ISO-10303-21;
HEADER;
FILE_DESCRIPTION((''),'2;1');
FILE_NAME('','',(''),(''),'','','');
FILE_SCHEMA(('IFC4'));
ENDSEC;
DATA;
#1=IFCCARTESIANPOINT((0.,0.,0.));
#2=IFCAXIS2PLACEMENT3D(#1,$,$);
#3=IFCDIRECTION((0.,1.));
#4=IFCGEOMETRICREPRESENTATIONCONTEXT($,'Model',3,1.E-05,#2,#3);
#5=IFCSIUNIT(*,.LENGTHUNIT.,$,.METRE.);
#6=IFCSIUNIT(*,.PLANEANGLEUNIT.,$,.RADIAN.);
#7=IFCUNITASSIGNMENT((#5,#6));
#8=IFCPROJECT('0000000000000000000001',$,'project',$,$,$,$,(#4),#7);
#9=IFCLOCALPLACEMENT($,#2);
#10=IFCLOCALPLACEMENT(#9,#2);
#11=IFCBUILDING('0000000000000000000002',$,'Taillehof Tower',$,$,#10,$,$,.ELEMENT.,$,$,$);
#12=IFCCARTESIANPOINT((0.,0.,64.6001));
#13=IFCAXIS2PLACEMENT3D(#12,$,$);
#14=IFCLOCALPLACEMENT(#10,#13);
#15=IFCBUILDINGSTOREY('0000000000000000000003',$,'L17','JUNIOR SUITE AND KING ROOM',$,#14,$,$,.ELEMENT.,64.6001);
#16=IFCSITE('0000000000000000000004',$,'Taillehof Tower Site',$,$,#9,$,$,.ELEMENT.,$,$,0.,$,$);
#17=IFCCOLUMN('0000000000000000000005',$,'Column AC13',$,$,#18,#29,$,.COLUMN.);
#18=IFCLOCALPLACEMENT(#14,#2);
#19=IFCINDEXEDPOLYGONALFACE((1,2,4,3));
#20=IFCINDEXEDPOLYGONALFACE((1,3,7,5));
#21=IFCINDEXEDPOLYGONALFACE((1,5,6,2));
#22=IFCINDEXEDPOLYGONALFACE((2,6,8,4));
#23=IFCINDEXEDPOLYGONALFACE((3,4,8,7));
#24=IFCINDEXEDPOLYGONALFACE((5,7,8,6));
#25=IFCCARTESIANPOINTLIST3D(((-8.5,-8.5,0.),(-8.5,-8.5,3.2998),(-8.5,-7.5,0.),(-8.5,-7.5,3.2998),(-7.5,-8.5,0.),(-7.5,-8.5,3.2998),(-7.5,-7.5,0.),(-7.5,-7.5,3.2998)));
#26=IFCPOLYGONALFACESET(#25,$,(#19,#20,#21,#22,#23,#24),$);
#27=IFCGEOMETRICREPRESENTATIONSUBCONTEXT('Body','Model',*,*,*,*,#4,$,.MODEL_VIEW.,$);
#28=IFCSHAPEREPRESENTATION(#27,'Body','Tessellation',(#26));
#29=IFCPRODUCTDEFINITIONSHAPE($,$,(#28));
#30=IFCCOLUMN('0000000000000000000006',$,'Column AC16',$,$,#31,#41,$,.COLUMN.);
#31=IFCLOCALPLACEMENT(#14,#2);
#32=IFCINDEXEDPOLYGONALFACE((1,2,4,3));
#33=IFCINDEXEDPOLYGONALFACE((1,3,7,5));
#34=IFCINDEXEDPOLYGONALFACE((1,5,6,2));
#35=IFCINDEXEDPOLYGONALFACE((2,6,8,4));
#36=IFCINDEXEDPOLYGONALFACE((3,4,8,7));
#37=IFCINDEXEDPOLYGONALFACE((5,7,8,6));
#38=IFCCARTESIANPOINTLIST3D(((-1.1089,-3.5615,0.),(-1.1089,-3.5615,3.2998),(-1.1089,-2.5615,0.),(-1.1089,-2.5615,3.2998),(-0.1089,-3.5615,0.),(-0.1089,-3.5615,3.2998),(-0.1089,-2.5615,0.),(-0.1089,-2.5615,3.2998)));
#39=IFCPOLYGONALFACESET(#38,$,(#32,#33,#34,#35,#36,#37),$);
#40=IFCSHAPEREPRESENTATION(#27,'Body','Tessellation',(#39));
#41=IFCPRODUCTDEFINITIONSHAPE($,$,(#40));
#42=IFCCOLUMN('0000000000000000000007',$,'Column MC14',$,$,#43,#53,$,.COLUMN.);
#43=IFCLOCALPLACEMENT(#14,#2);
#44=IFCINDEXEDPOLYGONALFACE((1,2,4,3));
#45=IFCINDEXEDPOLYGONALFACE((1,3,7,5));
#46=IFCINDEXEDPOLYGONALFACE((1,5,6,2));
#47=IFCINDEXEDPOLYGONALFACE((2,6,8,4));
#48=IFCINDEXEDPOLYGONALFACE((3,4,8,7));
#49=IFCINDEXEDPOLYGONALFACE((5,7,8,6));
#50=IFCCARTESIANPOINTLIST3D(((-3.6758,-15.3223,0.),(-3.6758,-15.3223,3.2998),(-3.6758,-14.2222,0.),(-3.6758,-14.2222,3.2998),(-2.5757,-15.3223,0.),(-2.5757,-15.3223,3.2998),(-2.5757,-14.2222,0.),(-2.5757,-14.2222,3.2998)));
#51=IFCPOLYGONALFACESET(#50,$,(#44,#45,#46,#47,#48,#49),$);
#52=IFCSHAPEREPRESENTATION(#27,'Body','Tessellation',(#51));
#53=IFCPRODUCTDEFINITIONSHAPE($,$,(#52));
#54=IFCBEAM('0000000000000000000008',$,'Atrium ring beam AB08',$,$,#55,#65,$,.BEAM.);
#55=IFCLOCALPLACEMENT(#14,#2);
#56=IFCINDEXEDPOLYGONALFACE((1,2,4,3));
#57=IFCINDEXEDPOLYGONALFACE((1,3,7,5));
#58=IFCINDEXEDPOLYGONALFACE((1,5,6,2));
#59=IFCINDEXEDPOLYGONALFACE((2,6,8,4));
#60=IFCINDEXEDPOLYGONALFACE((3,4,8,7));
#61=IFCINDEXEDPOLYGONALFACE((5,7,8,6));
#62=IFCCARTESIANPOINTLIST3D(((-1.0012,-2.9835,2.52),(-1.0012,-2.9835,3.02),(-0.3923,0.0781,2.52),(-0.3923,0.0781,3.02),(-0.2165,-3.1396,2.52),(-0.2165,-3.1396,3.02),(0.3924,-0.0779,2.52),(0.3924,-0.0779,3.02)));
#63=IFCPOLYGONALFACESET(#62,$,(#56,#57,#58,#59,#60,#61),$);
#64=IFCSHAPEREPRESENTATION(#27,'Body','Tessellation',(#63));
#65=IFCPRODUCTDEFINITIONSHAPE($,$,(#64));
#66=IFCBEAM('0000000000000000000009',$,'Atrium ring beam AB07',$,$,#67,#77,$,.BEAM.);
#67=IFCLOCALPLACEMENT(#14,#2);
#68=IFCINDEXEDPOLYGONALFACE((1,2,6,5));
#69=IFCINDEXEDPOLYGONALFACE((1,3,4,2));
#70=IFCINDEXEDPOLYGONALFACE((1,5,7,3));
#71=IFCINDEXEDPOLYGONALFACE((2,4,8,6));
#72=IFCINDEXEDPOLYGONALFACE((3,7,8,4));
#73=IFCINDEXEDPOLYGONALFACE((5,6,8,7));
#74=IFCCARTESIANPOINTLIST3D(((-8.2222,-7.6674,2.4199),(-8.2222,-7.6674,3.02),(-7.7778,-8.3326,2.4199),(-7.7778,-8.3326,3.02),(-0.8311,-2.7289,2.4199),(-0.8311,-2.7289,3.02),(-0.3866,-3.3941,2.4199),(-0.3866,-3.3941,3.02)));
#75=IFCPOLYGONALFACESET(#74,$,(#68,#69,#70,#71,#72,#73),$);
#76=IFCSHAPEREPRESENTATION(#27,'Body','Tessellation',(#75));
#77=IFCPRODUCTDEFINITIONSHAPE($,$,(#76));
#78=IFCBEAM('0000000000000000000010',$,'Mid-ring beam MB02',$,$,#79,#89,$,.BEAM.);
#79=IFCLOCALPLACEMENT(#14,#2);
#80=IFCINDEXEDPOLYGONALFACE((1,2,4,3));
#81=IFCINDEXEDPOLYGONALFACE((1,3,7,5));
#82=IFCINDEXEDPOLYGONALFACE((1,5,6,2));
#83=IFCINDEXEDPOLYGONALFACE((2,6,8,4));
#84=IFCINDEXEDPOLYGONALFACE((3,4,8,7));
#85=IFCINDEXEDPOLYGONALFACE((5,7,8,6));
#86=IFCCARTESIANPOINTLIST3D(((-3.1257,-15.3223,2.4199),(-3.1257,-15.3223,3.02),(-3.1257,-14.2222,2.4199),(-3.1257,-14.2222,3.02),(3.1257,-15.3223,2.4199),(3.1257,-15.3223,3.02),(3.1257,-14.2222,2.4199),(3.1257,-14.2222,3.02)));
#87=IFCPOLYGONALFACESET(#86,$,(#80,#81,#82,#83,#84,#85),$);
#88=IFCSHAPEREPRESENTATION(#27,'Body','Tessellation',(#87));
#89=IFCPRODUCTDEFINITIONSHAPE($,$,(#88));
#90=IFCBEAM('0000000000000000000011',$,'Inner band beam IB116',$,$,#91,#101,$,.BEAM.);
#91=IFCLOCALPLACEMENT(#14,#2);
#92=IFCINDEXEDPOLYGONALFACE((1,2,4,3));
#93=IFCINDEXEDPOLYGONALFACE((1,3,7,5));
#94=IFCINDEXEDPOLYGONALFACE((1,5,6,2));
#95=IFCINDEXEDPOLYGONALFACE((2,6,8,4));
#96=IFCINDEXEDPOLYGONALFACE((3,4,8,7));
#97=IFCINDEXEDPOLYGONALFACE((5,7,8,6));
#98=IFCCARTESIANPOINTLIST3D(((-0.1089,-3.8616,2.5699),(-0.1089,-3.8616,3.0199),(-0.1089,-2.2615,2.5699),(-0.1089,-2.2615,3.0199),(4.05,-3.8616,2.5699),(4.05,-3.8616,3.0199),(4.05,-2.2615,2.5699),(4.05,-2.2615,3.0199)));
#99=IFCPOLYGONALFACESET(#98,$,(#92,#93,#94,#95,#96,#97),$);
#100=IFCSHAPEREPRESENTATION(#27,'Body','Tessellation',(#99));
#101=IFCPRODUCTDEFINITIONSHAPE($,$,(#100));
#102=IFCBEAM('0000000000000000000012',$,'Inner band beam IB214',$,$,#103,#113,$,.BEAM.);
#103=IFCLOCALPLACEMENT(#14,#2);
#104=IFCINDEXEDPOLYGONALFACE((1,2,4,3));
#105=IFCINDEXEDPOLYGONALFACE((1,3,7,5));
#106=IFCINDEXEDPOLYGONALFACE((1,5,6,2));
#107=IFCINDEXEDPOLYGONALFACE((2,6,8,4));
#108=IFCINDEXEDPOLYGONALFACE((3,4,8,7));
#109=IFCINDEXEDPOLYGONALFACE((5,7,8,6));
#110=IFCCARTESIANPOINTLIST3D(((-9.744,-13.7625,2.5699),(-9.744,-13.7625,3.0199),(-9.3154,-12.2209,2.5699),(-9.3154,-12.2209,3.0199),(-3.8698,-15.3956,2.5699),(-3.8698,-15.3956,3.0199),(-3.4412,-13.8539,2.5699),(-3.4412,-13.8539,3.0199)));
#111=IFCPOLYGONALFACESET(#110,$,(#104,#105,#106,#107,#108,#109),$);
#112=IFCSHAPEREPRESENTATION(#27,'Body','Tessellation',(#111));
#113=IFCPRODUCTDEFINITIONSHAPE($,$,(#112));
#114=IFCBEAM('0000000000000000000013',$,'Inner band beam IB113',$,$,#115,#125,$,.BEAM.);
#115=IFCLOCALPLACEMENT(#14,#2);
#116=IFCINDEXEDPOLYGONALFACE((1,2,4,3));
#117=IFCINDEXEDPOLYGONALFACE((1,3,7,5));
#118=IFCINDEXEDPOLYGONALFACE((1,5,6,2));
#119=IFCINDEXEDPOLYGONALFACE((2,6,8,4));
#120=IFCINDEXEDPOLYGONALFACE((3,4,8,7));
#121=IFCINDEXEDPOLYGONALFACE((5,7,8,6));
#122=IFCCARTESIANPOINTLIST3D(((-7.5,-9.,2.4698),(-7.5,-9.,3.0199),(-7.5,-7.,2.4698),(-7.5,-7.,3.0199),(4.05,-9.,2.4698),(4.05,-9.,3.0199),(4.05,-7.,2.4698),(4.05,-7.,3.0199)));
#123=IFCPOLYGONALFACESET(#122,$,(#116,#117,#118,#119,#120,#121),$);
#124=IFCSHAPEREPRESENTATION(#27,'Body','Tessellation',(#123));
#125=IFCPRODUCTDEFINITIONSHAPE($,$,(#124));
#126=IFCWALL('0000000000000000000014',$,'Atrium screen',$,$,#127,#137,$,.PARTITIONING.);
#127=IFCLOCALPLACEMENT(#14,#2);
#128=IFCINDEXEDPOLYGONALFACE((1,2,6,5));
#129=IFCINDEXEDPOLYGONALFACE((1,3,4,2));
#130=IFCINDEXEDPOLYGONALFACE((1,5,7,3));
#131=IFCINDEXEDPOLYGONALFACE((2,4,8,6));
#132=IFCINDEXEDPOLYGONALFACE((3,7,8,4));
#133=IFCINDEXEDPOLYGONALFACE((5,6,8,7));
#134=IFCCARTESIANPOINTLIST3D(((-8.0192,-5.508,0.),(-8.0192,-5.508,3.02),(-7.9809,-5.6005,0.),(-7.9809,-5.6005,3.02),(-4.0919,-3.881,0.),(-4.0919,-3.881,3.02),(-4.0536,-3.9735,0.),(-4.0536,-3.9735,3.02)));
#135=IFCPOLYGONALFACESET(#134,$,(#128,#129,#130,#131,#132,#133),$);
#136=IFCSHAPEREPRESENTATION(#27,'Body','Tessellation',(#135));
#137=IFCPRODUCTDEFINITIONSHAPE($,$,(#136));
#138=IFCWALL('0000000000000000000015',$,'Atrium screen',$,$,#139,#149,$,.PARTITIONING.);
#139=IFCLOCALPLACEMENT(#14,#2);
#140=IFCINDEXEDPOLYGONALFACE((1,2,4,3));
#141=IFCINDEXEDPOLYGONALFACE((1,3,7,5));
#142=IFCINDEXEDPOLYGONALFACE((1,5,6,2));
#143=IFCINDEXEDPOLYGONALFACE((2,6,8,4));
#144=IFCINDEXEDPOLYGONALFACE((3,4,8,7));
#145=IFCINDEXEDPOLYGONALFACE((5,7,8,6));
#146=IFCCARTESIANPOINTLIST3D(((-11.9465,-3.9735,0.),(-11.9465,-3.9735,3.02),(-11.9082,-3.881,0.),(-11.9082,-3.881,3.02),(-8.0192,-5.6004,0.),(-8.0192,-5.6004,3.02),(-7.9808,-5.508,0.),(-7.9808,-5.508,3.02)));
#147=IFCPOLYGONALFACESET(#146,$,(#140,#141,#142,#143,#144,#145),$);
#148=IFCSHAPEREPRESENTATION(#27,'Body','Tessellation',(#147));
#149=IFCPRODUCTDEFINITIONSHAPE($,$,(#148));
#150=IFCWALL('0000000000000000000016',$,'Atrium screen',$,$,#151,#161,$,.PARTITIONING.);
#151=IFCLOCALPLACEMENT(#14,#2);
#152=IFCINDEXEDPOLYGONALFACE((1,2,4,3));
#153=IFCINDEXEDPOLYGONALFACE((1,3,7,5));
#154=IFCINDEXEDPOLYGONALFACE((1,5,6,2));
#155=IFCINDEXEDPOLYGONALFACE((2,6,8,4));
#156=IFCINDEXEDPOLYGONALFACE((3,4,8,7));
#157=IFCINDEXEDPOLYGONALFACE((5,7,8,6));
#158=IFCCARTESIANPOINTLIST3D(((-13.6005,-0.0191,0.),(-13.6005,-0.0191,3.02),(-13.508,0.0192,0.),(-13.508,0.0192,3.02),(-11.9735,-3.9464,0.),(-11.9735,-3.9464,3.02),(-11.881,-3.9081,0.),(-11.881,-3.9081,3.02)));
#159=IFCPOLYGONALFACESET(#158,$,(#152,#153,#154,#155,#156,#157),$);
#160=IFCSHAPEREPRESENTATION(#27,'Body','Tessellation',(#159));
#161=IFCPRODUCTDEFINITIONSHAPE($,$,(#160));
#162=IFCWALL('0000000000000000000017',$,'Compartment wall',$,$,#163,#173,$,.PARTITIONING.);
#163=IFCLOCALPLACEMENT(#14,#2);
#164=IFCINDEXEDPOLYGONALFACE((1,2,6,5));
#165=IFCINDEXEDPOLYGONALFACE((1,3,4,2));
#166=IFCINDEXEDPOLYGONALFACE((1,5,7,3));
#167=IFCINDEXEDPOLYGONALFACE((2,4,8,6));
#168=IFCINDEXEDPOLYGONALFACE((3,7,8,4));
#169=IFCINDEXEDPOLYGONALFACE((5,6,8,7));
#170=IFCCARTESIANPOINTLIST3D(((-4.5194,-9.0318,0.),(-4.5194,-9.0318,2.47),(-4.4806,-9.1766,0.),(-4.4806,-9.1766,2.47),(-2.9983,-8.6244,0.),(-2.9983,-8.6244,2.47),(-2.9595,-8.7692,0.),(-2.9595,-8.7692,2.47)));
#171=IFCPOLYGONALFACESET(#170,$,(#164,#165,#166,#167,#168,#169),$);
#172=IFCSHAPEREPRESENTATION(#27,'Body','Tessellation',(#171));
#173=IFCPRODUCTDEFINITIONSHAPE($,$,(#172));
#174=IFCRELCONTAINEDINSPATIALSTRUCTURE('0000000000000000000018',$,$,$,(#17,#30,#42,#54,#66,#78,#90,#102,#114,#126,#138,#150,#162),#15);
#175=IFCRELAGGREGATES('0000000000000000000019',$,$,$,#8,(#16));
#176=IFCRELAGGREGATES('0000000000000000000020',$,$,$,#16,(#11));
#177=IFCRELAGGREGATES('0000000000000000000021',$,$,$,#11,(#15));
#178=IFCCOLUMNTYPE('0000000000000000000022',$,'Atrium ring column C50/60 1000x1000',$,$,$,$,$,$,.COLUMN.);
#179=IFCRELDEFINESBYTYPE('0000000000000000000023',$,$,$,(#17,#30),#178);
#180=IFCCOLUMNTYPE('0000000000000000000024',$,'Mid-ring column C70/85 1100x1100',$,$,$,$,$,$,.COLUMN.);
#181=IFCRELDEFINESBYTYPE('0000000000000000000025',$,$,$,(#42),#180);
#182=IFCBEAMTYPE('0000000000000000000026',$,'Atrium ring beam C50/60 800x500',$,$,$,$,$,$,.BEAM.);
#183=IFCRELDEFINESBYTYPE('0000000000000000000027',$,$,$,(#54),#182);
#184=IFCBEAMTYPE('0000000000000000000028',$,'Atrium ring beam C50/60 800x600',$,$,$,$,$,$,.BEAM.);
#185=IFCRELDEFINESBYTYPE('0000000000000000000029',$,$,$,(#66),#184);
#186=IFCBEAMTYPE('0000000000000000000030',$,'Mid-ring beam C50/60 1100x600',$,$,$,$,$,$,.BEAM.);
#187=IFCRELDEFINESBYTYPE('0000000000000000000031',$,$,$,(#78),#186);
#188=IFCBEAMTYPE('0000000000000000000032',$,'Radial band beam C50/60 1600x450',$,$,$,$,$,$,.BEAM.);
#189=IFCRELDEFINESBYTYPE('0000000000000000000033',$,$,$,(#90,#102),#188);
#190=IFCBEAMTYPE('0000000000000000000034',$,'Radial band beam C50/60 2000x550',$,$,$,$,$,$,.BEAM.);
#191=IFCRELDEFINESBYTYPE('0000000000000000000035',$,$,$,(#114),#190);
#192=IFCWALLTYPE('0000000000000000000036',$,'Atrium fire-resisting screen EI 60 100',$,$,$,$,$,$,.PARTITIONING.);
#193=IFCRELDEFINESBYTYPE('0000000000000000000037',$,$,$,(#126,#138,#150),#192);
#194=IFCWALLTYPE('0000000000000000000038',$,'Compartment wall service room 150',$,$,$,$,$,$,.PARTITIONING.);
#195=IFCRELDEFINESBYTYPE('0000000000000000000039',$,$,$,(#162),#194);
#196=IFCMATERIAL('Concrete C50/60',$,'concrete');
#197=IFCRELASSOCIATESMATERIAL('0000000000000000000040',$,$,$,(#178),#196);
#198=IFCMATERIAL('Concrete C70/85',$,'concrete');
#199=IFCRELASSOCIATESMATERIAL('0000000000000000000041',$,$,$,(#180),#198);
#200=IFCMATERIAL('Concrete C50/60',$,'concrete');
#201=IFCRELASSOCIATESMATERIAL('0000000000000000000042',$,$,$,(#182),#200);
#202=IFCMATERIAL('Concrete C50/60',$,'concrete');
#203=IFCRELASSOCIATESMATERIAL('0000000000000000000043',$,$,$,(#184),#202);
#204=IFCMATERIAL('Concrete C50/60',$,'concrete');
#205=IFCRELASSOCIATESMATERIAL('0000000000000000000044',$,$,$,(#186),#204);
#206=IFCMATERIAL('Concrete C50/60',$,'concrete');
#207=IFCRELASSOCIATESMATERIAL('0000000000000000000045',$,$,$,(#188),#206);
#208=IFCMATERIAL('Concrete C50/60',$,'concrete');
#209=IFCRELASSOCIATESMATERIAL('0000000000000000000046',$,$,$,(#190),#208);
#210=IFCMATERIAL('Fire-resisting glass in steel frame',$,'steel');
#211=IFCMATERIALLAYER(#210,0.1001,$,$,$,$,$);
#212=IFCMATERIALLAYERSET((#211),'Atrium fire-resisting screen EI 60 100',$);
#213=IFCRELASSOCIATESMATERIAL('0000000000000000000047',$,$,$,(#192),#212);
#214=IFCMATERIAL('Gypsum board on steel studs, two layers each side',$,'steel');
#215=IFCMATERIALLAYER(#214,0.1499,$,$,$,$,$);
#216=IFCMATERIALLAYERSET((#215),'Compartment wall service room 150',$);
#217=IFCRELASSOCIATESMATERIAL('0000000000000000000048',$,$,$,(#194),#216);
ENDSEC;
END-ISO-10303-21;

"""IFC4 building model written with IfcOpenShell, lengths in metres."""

from ifc_helpers import new_model, si_unit, direction, frame, frame_2d, origin, origin_2d, place, context, subcontext, project, spatial, rectangle, extrude, material, layer, layer_set, material_profile, profile_set, type_object, element, save


model = new_model("IFC4")

# Units and contexts
model_context = context("Model", 3, precision=1e-05, world=origin(), true_north=direction((0.0, 1.0)))
body_context = subcontext(model_context, "Body", "Model", "MODEL_VIEW")
ifc_project = project(units=[si_unit("LENGTHUNIT", "METRE"), si_unit("PLANEANGLEUNIT", "RADIAN")], contexts=[model_context])

# Site, building, storey
site_placement = place(None, origin())
site = spatial("IfcSite", under=ifc_project, at=site_placement, Name="Taillehof Tower Site", CompositionType="ELEMENT", RefElevation=0.0)
building_placement = place(site_placement, origin())
building = spatial("IfcBuilding", under=site, at=building_placement, Name="Taillehof Tower", CompositionType="ELEMENT")
storey_placement = place(building_placement, frame((0.0, 0.0, 64.6001)))
storey = spatial("IfcBuildingStorey", under=building, at=storey_placement, Name="L17", Description="JUNIOR SUITE AND KING ROOM", CompositionType="ELEMENT", Elevation=64.6001)

# Columns
ifc_material_1 = material(Name="Concrete C50/60", Category="concrete")
ifc_material_profile_1 = material_profile(ifc_material_1, rectangle(XDim=1.0, YDim=1.0, at=origin_2d()), Name="RC 1000x1000")
ifc_profile_set_1 = profile_set([ifc_material_profile_1], Name="Concrete C50/60")
column_type_1 = type_object("IfcColumnType", Name="Atrium ring column C50/60 1000x1000", PredefinedType="COLUMN", material=ifc_profile_set_1)
for number, where, z_axis, x_axis, name in (
    (1, (-8.0, -8.0, 0.0), (0.0, 0.0, 1.0), (1.0, 0.0, 0.0), "Column AC13"),
    (2, (-0.6089, -3.0615, 0.0), (0.0, 0.0, 1.0), (1.0, 0.0, 0.0), "Column AC16"),
):
    element("IfcColumn", number, at=place(storey_placement, frame(where, z_axis=z_axis, x_axis=x_axis)), inside=storey, type_object=column_type_1, Name=name, PredefinedType="COLUMN", context=body_context, shape_type="SweptSolid", body=[
        extrude(rectangle(XDim=1.0, YDim=1.0, at=origin_2d()), origin(), (0.0, 0.0, 1.0), 3.2998),
    ])
ifc_material_2 = material(Name="Concrete C70/85", Category="concrete")
ifc_material_profile_2 = material_profile(ifc_material_2, rectangle(XDim=1.1001, YDim=1.1001, at=origin_2d()), Name="RC 1100x1100")
ifc_profile_set_2 = profile_set([ifc_material_profile_2], Name="Concrete C70/85")
column_type_2 = type_object("IfcColumnType", Name="Mid-ring column C70/85 1100x1100", PredefinedType="COLUMN", material=ifc_profile_set_2)
column_placement = place(storey_placement, frame((-3.1257, -14.7722, 0.0), z_axis=(0.0, 0.0, 1.0), x_axis=(1.0, 0.0, 0.0)))
element("IfcColumn", 3, at=column_placement, inside=storey, type_object=column_type_2, Name="Column MC14", PredefinedType="COLUMN", context=body_context, shape_type="SweptSolid", body=[
    extrude(rectangle(XDim=1.1001, YDim=1.1001, at=origin_2d()), origin(), (0.0, 0.0, 1.0), 3.2998),
])

# Beams
ifc_material_3 = material(Name="Concrete C50/60", Category="concrete")
ifc_material_profile_3 = material_profile(ifc_material_3, rectangle(XDim=0.8, YDim=0.5, at=origin_2d()), Name="RC 800x500")
ifc_profile_set_3 = profile_set([ifc_material_profile_3], Name="Concrete C50/60")
beam_type_1 = type_object("IfcBeamType", Name="Atrium ring beam C50/60 800x500", PredefinedType="BEAM", material=ifc_profile_set_3)
beam_1_placement = place(storey_placement, frame((-0.6089, -3.0615, 2.77), z_axis=(0.195063, 0.980791, 0.0), x_axis=(-0.980791, 0.195063, 0.0)))
element("IfcBeam", 4, at=beam_1_placement, inside=storey, type_object=beam_type_1, Name="Atrium ring beam AB08", PredefinedType="BEAM", context=body_context, shape_type="SweptSolid", body=[
    extrude(rectangle(XDim=0.8, YDim=0.5, at=origin_2d()), origin(), (0.0, 0.0, 1.0), 3.1216),
])
ifc_material_4 = material(Name="Concrete C50/60", Category="concrete")
ifc_material_profile_4 = material_profile(ifc_material_4, rectangle(XDim=0.8, YDim=0.6001, at=origin_2d()), Name="RC 800x600")
ifc_profile_set_4 = profile_set([ifc_material_profile_4], Name="Concrete C50/60")
beam_type_2 = type_object("IfcBeamType", Name="Atrium ring beam C50/60 800x600", PredefinedType="BEAM", material=ifc_profile_set_4)
beam_2_placement = place(storey_placement, frame((-8.0, -8.0, 2.72), z_axis=(0.831475, 0.555562, 0.0), x_axis=(-0.555562, 0.831475, 0.0)))
element("IfcBeam", 5, at=beam_2_placement, inside=storey, type_object=beam_type_2, Name="Atrium ring beam AB07", PredefinedType="BEAM", context=body_context, shape_type="SweptSolid", body=[
    extrude(rectangle(XDim=0.8, YDim=0.6001, at=origin_2d()), origin(), (0.0, 0.0, 1.0), 8.8892),
])
ifc_material_5 = material(Name="Concrete C50/60", Category="concrete")
ifc_material_profile_5 = material_profile(ifc_material_5, rectangle(XDim=1.1001, YDim=0.6001, at=origin_2d()), Name="RC 1100x600")
ifc_profile_set_5 = profile_set([ifc_material_profile_5], Name="Concrete C50/60")
beam_type_3 = type_object("IfcBeamType", Name="Mid-ring beam C50/60 1100x600", PredefinedType="BEAM", material=ifc_profile_set_5)
beam_3_placement = place(storey_placement, frame((-3.1257, -14.7722, 2.72), z_axis=(1.0, 0.0, 0.0), x_axis=(0.0, 1.0, 0.0)))
element("IfcBeam", 6, at=beam_3_placement, inside=storey, type_object=beam_type_3, Name="Mid-ring beam MB02", PredefinedType="BEAM", context=body_context, shape_type="SweptSolid", body=[
    extrude(rectangle(XDim=1.1001, YDim=0.6001, at=origin_2d()), origin(), (0.0, 0.0, 1.0), 6.2515),
])
ifc_material_6 = material(Name="Concrete C50/60", Category="concrete")
ifc_material_profile_6 = material_profile(ifc_material_6, rectangle(XDim=1.6001, YDim=0.45, at=origin_2d()), Name="RC 1600x450")
ifc_profile_set_6 = profile_set([ifc_material_profile_6], Name="Concrete C50/60")
beam_type_4 = type_object("IfcBeamType", Name="Radial band beam C50/60 1600x450", PredefinedType="BEAM", material=ifc_profile_set_6)
beam_4_placement = place(storey_placement, frame((-0.1089, -3.0615, 2.7949), z_axis=(1.0, 0.0, 0.0), x_axis=(0.0, 1.0, 0.0)))
element("IfcBeam", 7, at=beam_4_placement, inside=storey, type_object=beam_type_4, Name="Inner band beam IB116", PredefinedType="BEAM", context=body_context, shape_type="SweptSolid", body=[
    extrude(rectangle(XDim=1.6001, YDim=0.45, at=origin_2d()), origin(), (0.0, 0.0, 1.0), 4.1589),
])
beam_5_placement = place(storey_placement, frame((-3.6555, -14.6248, 2.7949), z_axis=(-0.963459, 0.267855, 0.0), x_axis=(-0.267855, -0.963459, 0.0)))
element("IfcBeam", 8, at=beam_5_placement, inside=storey, type_object=beam_type_4, Name="Inner band beam IB214", PredefinedType="BEAM", context=body_context, shape_type="SweptSolid", body=[
    extrude(rectangle(XDim=1.6001, YDim=0.45, at=origin_2d()), origin(), (0.0, 0.0, 1.0), 6.0969),
])
ifc_material_7 = material(Name="Concrete C50/60", Category="concrete")
ifc_material_profile_7 = material_profile(ifc_material_7, rectangle(XDim=2.0, YDim=0.55, at=origin_2d()), Name="RC 2000x550")
ifc_profile_set_7 = profile_set([ifc_material_profile_7], Name="Concrete C50/60")
beam_type_5 = type_object("IfcBeamType", Name="Radial band beam C50/60 2000x550", PredefinedType="BEAM", material=ifc_profile_set_7)
beam_6_placement = place(storey_placement, frame((-7.5, -8.0, 2.7449), z_axis=(1.0, 0.0, 0.0), x_axis=(0.0, 1.0, 0.0)))
element("IfcBeam", 9, at=beam_6_placement, inside=storey, type_object=beam_type_5, Name="Inner band beam IB113", PredefinedType="BEAM", context=body_context, shape_type="SweptSolid", body=[
    extrude(rectangle(XDim=2.0, YDim=0.55, at=origin_2d()), origin(), (0.0, 0.0, 1.0), 11.55),
])

# Walls
ifc_material_8 = material(Name="Fire-resisting glass in steel frame", Category="steel")
ifc_layer_1 = layer(ifc_material_8, 0.1001)
ifc_layer_set_1 = layer_set([ifc_layer_1], Name="Atrium fire-resisting screen EI 60 100")
wall_type_1 = type_object("IfcWallType", Name="Atrium fire-resisting screen EI 60 100", PredefinedType="PARTITIONING", material=ifc_layer_set_1)
for number, where, z_axis, x_axis, name in (
    (10, (-4.0728, -3.9272, 0.0), (0.0, 0.0, 1.0), (-0.92386, -0.382731, 0.0), "Atrium screen"),
    (11, (-8.0, -5.5542, 0.0), (0.0, 0.0, 1.0), (-0.92386, 0.382731, 0.0), "Atrium screen"),
    (12, (-11.9272, -3.9272, 0.0), (0.0, 0.0, 1.0), (-0.382731, 0.92386, 0.0), "Atrium screen"),
):
    element("IfcWall", number, at=place(storey_placement, frame(where, z_axis=z_axis, x_axis=x_axis)), inside=storey, type_object=wall_type_1, Name=name, PredefinedType="PARTITIONING", context=body_context, shape_type="SweptSolid", body=[
        extrude(rectangle(XDim=4.251, YDim=0.1001, at=frame_2d((2.1255, 0.0))), origin(), (0.0, 0.0, 1.0), 3.02),
    ])
ifc_material_9 = material(Name="Gypsum board on steel studs, two layers each side", Category="steel")
ifc_layer_2 = layer(ifc_material_9, 0.1499)
ifc_layer_set_2 = layer_set([ifc_layer_2], Name="Compartment wall service room 150")
wall_type_2 = type_object("IfcWallType", Name="Compartment wall service room 150", PredefinedType="PARTITIONING", material=ifc_layer_set_2)
wall_1_placement = place(storey_placement, frame((-4.5, -9.1042, 0.0), z_axis=(0.0, 0.0, 1.0), x_axis=(0.965938, 0.258772, 0.0)))
element("IfcWall", 13, at=wall_1_placement, inside=storey, type_object=wall_type_2, Name="Compartment wall", PredefinedType="PARTITIONING", context=body_context, shape_type="SweptSolid", body=[
    extrude(rectangle(XDim=1.5747, YDim=0.1499, at=frame_2d((0.7874, 0.0))), origin(), (0.0, 0.0, 1.0), 2.47),
])

save(model, "model.ifc")
